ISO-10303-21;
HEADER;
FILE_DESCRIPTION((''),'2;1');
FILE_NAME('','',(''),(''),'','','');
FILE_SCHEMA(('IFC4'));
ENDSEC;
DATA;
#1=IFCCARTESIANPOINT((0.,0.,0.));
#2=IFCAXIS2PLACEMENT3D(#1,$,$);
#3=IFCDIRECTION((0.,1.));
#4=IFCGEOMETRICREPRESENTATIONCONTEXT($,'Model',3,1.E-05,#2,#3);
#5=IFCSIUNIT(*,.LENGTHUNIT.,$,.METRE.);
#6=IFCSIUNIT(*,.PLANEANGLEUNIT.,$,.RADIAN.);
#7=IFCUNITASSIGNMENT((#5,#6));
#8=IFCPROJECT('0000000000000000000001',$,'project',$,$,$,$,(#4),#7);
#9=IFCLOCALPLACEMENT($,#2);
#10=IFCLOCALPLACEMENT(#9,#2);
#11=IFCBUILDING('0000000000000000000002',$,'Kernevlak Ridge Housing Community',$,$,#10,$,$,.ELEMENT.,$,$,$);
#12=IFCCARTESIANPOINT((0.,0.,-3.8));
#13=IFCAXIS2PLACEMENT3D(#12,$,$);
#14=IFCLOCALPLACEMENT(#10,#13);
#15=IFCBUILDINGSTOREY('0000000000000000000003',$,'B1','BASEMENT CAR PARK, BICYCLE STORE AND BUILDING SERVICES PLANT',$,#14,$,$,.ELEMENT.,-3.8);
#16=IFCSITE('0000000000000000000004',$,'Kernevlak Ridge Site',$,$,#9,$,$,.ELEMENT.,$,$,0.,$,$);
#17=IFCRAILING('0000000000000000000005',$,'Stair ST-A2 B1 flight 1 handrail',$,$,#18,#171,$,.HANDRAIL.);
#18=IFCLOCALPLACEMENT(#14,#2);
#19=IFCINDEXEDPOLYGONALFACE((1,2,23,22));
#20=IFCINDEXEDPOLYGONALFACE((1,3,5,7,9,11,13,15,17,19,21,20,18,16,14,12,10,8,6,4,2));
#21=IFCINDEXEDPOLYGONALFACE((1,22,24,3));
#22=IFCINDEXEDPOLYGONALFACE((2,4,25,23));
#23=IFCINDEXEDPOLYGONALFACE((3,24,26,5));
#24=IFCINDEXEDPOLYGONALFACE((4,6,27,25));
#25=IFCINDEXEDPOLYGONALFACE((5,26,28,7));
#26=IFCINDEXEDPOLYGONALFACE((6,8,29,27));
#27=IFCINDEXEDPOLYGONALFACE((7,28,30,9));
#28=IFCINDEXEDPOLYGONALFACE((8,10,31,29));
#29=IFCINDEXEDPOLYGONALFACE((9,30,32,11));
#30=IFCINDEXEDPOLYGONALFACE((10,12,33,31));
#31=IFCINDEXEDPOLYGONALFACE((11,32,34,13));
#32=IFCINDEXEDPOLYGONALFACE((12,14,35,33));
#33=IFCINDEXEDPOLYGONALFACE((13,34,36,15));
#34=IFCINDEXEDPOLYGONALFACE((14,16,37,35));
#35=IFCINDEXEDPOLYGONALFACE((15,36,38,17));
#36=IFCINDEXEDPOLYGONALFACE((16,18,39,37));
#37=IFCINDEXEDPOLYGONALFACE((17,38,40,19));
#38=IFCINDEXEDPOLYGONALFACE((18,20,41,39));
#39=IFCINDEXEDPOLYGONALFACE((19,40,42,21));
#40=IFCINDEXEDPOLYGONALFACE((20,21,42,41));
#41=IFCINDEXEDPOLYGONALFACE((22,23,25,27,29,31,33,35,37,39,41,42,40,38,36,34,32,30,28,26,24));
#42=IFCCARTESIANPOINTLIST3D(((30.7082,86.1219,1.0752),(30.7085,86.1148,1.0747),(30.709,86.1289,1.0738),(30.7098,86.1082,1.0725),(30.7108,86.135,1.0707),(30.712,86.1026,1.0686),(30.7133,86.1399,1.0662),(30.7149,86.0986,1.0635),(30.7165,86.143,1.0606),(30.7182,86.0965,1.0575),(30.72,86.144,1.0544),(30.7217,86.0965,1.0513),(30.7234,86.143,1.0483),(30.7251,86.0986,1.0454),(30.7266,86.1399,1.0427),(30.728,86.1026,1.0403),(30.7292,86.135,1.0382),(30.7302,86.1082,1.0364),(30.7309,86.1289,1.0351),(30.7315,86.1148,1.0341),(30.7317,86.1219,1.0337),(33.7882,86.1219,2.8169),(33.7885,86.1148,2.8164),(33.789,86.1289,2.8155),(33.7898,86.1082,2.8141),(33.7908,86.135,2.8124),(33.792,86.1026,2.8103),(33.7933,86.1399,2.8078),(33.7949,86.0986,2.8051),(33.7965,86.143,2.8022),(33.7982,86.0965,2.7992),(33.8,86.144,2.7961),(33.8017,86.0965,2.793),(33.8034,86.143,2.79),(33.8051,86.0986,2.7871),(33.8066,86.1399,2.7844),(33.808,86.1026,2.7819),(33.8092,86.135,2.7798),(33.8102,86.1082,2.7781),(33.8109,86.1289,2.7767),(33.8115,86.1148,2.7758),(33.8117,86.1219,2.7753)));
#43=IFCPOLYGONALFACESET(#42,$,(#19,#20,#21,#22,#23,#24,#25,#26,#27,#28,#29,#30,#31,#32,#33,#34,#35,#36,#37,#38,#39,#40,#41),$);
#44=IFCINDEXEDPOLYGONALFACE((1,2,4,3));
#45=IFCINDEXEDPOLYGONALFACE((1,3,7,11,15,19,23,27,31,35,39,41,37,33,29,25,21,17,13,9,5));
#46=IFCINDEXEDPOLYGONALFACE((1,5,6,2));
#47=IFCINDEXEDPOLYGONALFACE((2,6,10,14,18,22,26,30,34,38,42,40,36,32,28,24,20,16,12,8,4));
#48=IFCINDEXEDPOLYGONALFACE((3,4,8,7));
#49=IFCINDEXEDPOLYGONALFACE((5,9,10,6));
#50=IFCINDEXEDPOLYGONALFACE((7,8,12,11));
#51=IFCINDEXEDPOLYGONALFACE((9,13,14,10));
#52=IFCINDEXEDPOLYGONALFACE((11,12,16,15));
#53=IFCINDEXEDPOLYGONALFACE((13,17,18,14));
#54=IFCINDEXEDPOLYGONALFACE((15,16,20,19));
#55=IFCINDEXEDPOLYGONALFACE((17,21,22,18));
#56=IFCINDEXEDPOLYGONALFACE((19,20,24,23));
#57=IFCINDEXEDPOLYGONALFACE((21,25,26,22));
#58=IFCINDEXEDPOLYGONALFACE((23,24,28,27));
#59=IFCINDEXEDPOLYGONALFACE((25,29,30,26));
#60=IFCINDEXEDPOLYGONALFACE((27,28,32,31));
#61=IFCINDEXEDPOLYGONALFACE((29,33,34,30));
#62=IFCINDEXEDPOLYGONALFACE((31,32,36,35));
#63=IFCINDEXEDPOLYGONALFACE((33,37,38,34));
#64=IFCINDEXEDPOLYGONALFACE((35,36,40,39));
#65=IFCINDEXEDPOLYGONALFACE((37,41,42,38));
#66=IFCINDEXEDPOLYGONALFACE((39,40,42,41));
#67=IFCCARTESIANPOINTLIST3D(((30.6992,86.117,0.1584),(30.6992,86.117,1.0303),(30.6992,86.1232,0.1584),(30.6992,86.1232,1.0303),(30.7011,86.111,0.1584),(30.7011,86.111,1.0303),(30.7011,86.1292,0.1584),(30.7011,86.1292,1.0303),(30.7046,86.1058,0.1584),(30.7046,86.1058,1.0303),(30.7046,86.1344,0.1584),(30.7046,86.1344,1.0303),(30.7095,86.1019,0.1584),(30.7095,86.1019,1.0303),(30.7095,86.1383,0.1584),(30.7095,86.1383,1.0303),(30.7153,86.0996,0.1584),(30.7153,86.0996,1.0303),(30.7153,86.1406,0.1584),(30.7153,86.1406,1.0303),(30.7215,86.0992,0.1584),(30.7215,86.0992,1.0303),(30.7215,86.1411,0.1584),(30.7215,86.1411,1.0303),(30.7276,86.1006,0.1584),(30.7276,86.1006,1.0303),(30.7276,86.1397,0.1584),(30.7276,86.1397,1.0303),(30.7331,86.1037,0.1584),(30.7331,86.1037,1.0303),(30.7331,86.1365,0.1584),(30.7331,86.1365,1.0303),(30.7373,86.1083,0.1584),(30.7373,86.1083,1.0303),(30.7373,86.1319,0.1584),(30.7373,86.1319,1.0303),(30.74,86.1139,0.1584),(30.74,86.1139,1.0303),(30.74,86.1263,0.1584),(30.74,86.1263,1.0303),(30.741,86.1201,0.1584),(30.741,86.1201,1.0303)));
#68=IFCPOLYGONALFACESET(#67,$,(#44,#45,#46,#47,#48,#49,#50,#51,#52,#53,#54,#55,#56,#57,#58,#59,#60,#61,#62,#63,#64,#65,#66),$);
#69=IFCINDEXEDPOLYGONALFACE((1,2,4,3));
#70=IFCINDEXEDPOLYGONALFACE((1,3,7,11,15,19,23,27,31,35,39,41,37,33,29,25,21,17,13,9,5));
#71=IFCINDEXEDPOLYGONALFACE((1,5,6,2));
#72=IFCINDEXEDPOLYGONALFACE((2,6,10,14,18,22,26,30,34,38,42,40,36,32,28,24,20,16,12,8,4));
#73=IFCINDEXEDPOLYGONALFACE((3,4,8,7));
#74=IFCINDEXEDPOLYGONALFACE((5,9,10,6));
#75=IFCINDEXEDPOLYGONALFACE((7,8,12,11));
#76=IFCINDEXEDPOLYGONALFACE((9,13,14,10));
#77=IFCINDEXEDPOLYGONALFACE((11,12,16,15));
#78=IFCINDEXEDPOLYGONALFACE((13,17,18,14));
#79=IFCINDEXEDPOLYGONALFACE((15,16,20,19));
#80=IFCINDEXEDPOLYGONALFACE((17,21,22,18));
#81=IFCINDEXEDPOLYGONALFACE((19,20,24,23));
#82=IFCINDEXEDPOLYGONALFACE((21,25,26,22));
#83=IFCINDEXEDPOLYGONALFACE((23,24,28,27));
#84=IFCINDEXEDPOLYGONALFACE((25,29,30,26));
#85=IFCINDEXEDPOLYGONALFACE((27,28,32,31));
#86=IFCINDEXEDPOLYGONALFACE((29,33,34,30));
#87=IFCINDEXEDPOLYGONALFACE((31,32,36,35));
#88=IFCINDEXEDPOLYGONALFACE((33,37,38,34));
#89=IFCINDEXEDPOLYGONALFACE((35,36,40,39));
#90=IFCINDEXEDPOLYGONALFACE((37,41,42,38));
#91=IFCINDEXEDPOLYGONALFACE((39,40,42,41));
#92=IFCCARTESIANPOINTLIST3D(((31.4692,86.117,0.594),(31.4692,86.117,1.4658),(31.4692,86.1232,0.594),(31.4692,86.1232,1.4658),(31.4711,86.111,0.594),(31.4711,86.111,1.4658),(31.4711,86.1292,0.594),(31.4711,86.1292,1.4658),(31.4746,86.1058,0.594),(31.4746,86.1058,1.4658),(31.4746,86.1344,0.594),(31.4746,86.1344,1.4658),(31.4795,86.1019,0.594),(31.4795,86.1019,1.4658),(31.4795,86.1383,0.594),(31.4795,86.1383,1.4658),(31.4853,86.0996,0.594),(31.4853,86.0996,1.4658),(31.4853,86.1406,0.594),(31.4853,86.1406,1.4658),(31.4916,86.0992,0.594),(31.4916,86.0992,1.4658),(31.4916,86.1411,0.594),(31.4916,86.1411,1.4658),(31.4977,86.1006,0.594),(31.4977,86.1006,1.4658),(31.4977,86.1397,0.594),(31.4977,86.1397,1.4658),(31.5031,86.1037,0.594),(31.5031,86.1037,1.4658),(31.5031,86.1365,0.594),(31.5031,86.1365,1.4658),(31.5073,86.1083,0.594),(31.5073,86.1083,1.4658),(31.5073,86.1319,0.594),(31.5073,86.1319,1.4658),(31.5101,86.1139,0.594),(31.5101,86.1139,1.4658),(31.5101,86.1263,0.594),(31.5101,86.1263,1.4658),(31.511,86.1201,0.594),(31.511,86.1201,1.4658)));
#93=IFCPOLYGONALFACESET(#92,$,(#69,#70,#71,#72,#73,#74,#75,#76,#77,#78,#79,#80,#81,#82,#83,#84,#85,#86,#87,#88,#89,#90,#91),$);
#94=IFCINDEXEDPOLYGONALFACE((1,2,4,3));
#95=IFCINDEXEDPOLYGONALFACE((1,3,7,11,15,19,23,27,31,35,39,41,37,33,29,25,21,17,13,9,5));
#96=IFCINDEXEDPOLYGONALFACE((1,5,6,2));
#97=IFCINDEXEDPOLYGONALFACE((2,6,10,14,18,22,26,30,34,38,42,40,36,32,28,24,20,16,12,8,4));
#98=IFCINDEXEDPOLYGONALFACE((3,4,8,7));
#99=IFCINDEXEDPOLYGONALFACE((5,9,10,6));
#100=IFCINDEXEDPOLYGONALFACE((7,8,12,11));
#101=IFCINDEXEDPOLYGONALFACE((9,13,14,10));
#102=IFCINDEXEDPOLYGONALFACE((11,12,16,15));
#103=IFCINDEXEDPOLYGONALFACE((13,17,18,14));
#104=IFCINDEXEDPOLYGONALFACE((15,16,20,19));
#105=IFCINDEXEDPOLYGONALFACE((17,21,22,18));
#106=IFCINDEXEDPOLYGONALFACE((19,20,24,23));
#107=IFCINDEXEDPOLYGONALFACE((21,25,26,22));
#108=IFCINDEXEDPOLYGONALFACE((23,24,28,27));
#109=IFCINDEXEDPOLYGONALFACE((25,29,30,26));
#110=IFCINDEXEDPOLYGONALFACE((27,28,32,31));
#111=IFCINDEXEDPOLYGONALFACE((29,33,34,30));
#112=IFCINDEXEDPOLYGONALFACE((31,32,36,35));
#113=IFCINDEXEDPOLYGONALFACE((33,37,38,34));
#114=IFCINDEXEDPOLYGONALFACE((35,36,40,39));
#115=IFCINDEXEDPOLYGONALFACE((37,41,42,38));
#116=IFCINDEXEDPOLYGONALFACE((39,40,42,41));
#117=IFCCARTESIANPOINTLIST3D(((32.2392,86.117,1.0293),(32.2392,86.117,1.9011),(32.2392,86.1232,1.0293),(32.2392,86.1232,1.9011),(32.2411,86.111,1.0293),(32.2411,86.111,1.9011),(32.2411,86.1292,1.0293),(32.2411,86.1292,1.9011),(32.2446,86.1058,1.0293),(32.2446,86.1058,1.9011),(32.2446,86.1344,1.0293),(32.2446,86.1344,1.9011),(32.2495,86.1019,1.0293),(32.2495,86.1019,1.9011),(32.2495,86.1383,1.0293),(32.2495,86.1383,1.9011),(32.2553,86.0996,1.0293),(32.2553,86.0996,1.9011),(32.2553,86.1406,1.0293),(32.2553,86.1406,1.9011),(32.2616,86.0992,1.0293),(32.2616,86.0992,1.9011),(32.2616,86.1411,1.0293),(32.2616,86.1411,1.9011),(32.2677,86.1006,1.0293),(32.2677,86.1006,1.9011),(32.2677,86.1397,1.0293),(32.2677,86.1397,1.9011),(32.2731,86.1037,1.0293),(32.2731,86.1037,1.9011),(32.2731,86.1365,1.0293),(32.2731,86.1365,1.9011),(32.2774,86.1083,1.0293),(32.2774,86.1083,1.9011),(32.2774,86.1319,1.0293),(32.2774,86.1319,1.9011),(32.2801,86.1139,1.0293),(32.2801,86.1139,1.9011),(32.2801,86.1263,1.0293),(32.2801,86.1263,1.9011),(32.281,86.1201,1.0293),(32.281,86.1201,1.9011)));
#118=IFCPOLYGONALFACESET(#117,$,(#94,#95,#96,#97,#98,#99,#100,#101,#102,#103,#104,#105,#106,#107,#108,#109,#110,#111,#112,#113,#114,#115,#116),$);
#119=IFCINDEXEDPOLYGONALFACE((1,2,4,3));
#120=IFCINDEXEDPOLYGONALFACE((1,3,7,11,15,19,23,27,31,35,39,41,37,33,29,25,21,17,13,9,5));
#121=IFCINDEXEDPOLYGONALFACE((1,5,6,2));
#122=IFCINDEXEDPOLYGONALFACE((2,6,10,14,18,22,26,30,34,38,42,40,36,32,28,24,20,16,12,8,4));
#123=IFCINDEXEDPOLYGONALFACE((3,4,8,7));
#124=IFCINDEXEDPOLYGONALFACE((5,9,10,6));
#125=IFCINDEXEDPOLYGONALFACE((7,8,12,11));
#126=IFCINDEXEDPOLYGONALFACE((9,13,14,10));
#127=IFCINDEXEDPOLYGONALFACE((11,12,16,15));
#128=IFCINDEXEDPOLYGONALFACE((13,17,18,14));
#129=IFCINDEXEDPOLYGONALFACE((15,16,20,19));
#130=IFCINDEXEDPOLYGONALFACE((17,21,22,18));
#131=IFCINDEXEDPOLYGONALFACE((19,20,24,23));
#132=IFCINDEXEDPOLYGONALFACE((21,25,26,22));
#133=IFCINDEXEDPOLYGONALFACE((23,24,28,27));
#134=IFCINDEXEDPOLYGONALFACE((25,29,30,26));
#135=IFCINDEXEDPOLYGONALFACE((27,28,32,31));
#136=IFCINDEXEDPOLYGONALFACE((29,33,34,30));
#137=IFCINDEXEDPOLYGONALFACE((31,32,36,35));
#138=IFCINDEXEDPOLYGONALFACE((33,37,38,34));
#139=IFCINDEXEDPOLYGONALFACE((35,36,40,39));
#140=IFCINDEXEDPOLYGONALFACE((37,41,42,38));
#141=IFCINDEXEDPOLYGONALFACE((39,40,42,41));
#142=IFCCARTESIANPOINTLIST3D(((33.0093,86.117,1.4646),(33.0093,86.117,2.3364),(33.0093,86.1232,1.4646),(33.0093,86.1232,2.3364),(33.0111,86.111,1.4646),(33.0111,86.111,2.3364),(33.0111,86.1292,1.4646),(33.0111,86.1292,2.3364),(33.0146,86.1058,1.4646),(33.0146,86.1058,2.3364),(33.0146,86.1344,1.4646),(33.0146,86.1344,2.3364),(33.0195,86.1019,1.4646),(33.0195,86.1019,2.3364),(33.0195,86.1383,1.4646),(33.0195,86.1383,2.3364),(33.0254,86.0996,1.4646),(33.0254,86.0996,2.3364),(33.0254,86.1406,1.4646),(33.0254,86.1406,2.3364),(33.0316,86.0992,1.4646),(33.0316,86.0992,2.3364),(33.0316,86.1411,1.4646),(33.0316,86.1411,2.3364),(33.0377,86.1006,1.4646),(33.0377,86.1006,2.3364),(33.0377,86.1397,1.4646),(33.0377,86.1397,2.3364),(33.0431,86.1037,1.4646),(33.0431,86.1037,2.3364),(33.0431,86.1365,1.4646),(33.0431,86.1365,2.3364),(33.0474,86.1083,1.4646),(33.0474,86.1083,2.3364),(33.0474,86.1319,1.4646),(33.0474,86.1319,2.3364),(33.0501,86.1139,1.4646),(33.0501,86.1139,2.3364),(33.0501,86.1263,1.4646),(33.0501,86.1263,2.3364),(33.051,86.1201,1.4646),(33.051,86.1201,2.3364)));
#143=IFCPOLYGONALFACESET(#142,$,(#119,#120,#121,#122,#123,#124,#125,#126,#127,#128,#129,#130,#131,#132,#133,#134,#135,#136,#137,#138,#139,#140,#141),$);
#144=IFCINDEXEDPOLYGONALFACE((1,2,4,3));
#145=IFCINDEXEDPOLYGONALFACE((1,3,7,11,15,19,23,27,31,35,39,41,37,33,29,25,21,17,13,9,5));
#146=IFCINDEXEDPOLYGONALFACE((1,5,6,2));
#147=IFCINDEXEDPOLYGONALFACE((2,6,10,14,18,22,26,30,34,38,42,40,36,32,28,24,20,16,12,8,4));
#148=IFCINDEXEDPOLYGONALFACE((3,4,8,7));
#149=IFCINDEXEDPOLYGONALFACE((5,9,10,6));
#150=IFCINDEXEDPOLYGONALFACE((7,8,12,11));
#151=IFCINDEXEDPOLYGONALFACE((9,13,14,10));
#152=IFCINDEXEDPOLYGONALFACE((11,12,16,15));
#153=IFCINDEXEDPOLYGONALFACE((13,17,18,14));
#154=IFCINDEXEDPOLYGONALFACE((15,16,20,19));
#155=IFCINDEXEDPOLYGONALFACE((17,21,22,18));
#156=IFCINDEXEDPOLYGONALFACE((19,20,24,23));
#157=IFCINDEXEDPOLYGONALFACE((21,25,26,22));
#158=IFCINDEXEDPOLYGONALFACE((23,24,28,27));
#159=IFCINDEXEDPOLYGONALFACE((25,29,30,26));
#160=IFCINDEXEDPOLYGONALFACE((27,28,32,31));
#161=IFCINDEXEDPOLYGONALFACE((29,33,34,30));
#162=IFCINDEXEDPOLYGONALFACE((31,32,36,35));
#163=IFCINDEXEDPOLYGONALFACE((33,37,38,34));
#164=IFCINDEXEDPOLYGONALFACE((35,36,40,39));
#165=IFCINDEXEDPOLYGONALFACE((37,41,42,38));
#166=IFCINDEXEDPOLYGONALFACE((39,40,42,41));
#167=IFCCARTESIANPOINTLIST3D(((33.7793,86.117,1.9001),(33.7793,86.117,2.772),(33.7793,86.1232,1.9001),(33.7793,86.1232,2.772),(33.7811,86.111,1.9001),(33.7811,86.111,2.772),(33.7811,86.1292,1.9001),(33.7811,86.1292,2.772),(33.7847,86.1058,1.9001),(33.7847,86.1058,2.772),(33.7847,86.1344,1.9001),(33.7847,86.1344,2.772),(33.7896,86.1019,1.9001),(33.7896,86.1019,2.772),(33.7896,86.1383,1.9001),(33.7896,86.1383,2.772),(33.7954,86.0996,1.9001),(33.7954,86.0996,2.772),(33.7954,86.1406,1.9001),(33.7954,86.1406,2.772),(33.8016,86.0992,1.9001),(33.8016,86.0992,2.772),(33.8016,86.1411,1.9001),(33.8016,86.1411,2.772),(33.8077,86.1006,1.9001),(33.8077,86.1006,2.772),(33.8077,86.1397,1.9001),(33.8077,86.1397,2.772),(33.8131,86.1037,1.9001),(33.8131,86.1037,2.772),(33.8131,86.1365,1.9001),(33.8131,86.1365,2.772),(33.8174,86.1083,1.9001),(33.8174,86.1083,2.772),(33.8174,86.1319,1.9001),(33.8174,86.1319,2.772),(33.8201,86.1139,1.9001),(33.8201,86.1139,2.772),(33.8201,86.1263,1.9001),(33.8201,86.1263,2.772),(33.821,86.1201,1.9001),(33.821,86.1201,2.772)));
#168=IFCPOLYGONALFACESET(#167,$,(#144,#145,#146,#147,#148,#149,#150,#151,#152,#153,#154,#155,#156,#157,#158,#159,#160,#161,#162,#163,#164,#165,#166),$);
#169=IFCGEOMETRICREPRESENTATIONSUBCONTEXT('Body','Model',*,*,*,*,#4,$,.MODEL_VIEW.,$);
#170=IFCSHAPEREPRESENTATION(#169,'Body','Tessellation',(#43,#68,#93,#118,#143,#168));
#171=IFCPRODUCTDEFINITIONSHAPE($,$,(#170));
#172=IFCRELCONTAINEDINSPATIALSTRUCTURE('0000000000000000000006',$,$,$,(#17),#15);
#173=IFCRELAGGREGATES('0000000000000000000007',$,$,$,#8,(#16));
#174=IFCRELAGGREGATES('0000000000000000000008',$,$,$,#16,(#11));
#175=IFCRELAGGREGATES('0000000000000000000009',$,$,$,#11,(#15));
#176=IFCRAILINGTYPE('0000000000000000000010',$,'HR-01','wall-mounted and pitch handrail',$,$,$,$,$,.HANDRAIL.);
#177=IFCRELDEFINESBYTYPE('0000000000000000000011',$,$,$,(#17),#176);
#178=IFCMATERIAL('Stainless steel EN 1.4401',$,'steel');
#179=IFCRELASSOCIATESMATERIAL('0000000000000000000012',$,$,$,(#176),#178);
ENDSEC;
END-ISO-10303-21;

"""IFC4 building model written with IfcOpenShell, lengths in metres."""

from ifc_helpers import new_model, si_unit, direction, frame, origin, origin_2d, place, context, subcontext, project, spatial, circle, extrude, material, type_object, element, save


model = new_model("IFC4")

# Units and contexts
model_context = context("Model", 3, precision=1e-05, world=origin(), true_north=direction((0.0, 1.0)))
body_context = subcontext(model_context, "Body", "Model", "MODEL_VIEW")
ifc_project = project(units=[si_unit("LENGTHUNIT", "METRE"), si_unit("PLANEANGLEUNIT", "RADIAN")], contexts=[model_context])

# Site, building, storey
site_placement = place(None, origin())
site = spatial("IfcSite", under=ifc_project, at=site_placement, Name="Kernevlak Ridge Site", CompositionType="ELEMENT", RefElevation=0.0)
building_placement = place(site_placement, origin())
building = spatial("IfcBuilding", under=site, at=building_placement, Name="Kernevlak Ridge Housing Community", CompositionType="ELEMENT")
storey_placement = place(building_placement, frame((0.0, 0.0, -3.8)))
storey = spatial("IfcBuildingStorey", under=building, at=storey_placement, Name="B1", Description="BASEMENT CAR PARK, BICYCLE STORE AND BUILDING SERVICES PLANT", CompositionType="ELEMENT", Elevation=-3.8)

# Railing
ifc_material_1 = material(Name="Stainless steel EN 1.4401", Category="steel")
railing_type_1 = type_object("IfcRailingType", Name="HR-01", Description="wall-mounted and pitch handrail", PredefinedType="HANDRAIL", material=ifc_material_1)
railing_1_placement = place(storey_placement, frame((30.72, 86.1201, 0.1584)))
element("IfcRailing", 1, at=railing_1_placement, inside=storey, type_object=railing_type_1, Name="Stair ST-A2 B1 flight 1 handrail", PredefinedType="HANDRAIL", context=body_context, shape_type="SweptSolid", body=[
    extrude(circle(Radius=0.0239, at=origin_2d()), frame((0.0, 0.0, 0.896), z_axis=(0.870468, 0.0, 0.492225), x_axis=(0.0, 1.0, 0.0)), (0.0, 0.0, 1.0), 3.5383),
    extrude(circle(Radius=0.021, at=origin_2d()), origin(), (0.0, 0.0, 1.0), 0.8718),
    extrude(circle(Radius=0.021, at=origin_2d()), frame((0.77, 0.0, 0.4355)), (0.0, 0.0, 1.0), 0.8718),
    extrude(circle(Radius=0.021, at=origin_2d()), frame((1.54, 0.0, 0.8708)), (0.0, 0.0, 1.0), 0.8718),
    extrude(circle(Radius=0.021, at=origin_2d()), frame((2.3101, 0.0, 1.3062)), (0.0, 0.0, 1.0), 0.8718),
    extrude(circle(Radius=0.021, at=origin_2d()), frame((3.0801, 0.0, 1.7417)), (0.0, 0.0, 1.0), 0.8718),
])

save(model, "model.ifc")
